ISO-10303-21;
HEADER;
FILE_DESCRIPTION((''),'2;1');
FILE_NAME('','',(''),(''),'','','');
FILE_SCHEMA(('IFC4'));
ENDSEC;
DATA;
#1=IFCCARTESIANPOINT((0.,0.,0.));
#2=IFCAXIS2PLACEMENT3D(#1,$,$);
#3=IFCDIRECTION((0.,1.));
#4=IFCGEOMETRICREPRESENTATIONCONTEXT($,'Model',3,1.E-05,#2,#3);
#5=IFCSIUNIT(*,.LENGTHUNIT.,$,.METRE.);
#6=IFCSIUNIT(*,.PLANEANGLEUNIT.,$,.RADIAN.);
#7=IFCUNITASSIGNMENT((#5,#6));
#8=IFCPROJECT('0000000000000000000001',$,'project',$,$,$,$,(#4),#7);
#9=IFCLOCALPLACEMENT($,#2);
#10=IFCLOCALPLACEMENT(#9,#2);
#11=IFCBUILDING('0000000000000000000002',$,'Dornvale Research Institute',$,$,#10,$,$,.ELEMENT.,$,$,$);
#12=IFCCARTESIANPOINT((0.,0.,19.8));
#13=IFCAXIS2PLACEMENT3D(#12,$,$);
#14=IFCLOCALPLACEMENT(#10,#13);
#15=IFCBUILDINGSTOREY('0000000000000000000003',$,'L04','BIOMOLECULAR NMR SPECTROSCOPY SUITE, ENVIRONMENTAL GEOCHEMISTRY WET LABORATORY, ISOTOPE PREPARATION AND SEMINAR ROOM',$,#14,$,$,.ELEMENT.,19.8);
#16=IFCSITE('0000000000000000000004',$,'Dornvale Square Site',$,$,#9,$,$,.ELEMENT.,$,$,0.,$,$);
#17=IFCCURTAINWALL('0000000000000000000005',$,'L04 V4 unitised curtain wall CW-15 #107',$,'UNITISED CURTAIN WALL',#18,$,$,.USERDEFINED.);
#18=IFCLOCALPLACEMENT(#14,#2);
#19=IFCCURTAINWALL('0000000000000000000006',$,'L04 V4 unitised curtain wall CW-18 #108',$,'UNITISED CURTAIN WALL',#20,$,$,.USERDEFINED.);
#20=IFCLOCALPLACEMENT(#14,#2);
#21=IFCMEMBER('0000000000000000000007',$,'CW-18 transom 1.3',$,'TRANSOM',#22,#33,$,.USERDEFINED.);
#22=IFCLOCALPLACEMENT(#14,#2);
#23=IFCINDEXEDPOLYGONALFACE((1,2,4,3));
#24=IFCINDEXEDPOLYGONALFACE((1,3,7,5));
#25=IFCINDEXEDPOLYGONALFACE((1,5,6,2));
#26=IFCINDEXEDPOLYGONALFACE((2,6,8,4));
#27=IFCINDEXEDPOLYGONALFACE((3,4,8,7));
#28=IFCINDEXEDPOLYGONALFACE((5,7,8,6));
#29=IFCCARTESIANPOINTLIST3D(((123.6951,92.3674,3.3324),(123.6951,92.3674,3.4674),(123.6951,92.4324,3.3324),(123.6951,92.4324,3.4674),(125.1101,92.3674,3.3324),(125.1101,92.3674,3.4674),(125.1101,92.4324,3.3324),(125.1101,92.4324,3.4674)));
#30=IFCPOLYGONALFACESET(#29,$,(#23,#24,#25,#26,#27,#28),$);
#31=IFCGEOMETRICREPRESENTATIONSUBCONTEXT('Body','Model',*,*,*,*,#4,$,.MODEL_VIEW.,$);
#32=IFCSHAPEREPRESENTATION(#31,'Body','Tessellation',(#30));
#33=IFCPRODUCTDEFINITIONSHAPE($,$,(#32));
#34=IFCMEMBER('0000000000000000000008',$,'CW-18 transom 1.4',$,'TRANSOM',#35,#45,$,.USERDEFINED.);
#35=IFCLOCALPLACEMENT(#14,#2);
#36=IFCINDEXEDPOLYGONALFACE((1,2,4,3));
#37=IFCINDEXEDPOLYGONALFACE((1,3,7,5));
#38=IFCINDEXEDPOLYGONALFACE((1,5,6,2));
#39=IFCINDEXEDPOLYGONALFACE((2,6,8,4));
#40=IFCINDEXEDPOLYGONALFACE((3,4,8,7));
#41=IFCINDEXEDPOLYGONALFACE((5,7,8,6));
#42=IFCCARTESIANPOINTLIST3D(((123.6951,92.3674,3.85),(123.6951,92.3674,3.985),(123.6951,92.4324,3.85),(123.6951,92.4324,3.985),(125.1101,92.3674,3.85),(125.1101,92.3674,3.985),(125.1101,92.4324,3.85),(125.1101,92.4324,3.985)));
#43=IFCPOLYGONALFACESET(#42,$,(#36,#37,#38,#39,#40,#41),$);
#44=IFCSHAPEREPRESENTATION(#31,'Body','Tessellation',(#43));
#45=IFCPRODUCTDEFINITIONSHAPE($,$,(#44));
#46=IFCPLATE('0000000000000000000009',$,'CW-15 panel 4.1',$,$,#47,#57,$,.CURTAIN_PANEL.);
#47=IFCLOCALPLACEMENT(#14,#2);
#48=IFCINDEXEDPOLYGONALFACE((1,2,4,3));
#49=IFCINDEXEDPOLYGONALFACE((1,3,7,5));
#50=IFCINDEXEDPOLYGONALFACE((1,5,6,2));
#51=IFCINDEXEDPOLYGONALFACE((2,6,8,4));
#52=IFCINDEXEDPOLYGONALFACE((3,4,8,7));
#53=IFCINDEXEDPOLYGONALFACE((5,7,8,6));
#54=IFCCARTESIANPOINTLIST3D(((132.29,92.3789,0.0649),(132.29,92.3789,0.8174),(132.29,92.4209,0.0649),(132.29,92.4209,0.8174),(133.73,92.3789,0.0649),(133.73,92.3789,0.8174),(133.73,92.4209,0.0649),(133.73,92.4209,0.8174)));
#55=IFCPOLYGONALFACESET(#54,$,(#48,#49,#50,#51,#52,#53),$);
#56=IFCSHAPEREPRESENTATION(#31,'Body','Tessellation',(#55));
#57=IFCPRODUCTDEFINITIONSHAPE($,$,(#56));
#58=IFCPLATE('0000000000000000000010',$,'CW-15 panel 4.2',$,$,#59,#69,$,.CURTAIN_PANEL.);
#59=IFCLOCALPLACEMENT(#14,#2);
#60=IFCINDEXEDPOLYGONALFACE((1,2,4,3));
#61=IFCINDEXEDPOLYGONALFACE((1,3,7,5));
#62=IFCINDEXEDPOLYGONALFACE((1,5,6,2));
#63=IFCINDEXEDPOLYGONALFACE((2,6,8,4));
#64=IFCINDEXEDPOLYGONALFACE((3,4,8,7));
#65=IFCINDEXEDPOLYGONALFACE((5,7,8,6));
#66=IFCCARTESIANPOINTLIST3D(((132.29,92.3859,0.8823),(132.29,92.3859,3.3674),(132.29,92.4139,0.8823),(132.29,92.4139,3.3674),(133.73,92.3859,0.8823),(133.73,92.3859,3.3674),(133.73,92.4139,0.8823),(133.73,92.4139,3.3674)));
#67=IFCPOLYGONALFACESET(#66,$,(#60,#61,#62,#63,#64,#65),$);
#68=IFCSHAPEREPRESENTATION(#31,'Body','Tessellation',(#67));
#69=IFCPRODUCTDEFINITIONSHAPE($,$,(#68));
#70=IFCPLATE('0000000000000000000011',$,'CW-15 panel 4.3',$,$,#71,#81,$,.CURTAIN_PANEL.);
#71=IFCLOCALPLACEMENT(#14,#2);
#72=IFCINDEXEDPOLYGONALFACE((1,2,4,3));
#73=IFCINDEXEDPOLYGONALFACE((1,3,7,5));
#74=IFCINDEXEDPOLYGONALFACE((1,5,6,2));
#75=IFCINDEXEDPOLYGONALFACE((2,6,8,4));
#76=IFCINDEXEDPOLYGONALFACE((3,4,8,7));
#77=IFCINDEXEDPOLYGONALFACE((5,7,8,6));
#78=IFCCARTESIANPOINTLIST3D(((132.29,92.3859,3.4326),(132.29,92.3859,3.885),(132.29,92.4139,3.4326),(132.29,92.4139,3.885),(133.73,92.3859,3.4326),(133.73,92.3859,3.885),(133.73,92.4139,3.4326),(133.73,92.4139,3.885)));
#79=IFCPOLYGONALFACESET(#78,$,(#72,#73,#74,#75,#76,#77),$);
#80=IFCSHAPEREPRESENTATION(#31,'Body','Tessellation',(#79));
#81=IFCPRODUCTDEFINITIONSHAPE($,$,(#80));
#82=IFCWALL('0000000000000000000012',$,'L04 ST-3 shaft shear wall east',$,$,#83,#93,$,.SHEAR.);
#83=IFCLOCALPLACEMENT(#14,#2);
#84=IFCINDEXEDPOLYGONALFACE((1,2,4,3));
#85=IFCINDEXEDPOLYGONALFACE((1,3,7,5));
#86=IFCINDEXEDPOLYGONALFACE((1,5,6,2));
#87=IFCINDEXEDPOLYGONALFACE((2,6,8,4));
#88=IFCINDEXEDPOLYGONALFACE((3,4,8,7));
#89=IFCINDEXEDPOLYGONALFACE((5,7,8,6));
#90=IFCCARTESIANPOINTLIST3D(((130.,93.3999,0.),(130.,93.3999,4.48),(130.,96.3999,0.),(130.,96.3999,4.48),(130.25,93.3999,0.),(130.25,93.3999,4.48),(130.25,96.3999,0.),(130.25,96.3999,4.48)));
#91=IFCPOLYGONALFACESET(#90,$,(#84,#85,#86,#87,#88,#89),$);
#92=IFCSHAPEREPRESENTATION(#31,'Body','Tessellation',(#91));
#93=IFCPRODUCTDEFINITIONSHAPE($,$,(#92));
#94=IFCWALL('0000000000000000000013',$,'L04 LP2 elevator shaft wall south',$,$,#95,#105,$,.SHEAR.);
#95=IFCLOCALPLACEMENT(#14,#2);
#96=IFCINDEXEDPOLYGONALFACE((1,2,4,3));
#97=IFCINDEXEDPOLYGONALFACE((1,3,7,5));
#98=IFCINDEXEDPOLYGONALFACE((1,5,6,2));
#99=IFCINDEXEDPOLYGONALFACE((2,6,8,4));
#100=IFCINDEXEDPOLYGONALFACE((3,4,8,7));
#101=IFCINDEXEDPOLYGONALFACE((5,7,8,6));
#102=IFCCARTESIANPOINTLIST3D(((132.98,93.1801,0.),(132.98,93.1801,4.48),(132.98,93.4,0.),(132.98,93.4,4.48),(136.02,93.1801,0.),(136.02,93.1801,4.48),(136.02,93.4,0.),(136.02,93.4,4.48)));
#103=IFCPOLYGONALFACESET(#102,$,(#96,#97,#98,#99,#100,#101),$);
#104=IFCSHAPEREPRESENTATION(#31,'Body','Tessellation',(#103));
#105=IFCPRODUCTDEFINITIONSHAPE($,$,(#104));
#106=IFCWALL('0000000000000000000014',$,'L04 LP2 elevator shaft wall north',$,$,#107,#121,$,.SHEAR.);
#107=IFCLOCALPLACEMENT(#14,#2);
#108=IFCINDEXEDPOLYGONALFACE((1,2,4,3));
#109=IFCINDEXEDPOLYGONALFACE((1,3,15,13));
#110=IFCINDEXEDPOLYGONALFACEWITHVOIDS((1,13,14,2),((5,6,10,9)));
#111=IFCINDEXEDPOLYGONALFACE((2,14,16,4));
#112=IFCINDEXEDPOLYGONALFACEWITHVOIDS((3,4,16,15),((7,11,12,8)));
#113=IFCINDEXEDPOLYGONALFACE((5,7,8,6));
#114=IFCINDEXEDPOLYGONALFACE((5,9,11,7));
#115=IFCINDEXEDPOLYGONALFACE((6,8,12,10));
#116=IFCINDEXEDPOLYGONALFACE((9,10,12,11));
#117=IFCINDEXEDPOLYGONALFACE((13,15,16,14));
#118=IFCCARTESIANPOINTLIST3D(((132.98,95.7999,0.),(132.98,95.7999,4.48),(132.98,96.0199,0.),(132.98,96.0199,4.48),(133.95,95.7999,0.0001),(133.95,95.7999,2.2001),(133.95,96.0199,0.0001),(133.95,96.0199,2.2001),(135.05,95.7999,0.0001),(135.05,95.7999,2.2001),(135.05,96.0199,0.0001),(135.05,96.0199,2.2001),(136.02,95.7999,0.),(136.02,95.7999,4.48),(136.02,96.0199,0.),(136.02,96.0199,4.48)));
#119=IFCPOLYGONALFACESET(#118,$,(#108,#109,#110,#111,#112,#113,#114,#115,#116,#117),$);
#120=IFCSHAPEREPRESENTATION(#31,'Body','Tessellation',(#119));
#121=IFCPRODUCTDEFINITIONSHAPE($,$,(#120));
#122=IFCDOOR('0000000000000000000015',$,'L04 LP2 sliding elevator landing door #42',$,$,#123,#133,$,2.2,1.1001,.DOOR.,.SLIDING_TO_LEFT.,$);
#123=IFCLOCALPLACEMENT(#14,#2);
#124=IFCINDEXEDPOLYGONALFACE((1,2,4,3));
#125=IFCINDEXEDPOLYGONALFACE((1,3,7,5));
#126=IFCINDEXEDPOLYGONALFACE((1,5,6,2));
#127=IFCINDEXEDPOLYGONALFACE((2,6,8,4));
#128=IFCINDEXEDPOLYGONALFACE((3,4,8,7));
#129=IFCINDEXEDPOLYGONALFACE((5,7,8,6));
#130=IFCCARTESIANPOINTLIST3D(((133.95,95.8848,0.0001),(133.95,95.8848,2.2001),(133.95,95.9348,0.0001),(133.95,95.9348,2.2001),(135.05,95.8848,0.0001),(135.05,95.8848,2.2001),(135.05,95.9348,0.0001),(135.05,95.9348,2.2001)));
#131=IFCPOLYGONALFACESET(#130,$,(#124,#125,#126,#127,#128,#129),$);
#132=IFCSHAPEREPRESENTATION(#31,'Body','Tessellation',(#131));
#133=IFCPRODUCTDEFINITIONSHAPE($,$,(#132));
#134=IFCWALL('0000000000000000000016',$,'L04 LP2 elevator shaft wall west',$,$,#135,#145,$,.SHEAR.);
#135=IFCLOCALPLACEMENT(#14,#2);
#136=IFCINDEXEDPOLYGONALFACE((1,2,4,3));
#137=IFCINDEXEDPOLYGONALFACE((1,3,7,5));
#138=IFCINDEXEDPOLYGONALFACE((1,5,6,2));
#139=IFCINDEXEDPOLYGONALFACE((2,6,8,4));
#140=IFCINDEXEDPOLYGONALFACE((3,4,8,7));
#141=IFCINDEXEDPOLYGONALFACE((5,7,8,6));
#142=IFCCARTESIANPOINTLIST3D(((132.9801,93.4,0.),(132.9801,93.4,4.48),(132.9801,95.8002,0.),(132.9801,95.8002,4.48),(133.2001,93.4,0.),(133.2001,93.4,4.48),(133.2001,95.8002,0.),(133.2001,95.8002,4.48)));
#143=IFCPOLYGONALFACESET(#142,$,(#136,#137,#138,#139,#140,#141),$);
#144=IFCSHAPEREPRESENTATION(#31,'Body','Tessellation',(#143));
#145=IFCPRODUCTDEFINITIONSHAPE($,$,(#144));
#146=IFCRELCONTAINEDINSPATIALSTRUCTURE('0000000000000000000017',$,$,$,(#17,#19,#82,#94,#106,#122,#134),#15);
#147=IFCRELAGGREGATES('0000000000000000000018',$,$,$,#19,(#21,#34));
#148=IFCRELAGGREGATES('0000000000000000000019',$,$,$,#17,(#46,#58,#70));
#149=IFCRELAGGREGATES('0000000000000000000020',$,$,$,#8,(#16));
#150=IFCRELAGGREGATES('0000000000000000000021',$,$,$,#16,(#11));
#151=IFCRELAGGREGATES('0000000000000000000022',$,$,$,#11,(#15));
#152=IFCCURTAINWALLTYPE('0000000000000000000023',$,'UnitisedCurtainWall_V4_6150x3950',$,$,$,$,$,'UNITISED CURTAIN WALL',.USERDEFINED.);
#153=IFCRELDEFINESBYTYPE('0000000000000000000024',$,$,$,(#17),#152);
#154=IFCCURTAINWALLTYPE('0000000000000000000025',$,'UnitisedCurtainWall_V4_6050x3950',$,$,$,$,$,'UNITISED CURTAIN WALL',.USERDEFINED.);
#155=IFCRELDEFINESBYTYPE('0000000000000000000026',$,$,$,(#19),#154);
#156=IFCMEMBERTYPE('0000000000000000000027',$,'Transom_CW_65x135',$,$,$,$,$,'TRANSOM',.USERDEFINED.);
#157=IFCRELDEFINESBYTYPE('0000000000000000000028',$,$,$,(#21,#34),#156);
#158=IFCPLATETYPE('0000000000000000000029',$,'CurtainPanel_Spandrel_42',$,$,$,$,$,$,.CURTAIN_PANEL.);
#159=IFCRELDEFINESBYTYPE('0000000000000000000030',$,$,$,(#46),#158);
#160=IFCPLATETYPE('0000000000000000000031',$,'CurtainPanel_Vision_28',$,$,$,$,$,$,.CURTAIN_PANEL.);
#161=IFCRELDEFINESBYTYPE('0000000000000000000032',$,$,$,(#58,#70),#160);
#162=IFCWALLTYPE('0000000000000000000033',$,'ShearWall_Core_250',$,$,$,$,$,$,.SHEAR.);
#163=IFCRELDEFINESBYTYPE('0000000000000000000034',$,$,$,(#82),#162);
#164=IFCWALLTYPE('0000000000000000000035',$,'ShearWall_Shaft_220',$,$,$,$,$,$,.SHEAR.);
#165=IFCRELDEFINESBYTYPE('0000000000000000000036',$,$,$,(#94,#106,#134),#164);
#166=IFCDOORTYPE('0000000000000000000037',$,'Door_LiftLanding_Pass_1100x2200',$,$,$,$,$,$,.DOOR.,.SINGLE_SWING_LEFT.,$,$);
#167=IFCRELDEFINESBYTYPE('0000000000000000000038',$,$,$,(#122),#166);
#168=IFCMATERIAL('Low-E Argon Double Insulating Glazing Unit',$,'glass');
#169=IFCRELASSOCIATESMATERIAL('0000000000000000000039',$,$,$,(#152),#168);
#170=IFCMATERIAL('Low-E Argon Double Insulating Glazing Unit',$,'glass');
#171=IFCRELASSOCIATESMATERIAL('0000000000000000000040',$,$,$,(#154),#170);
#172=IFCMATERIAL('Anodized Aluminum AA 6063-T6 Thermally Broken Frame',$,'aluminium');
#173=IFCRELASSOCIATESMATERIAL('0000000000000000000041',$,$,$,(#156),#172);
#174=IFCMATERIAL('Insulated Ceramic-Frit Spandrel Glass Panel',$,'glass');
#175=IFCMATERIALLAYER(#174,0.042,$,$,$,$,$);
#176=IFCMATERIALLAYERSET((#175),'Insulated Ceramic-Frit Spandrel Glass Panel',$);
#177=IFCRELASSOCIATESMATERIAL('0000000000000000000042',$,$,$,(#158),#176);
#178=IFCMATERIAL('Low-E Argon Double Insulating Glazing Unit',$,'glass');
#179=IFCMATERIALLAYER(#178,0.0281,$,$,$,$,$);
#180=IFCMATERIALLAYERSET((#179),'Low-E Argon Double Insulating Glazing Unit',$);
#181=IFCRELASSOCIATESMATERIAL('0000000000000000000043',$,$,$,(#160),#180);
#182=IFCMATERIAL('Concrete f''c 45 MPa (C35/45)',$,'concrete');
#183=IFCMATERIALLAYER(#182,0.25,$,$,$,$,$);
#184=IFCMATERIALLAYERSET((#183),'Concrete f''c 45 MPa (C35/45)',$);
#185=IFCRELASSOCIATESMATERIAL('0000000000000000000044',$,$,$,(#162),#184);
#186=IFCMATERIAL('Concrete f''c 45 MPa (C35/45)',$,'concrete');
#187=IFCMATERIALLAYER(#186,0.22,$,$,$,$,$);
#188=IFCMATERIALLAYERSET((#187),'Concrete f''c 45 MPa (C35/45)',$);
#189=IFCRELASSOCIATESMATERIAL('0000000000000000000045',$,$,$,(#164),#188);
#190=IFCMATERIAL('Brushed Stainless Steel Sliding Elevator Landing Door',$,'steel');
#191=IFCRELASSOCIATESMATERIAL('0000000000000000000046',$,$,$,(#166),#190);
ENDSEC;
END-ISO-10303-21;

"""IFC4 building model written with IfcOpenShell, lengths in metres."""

from ifc_helpers import new_model, si_unit, direction, frame, frame_2d, origin, origin_2d, place, context, subcontext, project, spatial, rectangle, extrude, material, layer, layer_set, material_profile, profile_set, type_object, element, fill, aggregate, save


model = new_model("IFC4")

# Units and contexts
model_context = context("Model", 3, precision=1e-05, world=origin(), true_north=direction((0.0, 1.0)))
body_context = subcontext(model_context, "Body", "Model", "MODEL_VIEW")
ifc_project = project(units=[si_unit("LENGTHUNIT", "METRE"), si_unit("PLANEANGLEUNIT", "RADIAN")], contexts=[model_context])

# Site, building, storey
site_placement = place(None, origin())
site = spatial("IfcSite", under=ifc_project, at=site_placement, Name="Dornvale Square Site", CompositionType="ELEMENT", RefElevation=0.0)
building_placement = place(site_placement, origin())
building = spatial("IfcBuilding", under=site, at=building_placement, Name="Dornvale Research Institute", CompositionType="ELEMENT")
storey_placement = place(building_placement, frame((0.0, 0.0, 19.8)))
storey = spatial("IfcBuildingStorey", under=building, at=storey_placement, Name="L04", Description="BIOMOLECULAR NMR SPECTROSCOPY SUITE, ENVIRONMENTAL GEOCHEMISTRY WET LABORATORY, ISOTOPE PREPARATION AND SEMINAR ROOM", CompositionType="ELEMENT", Elevation=19.8)

# Curtain walls
ifc_material_1 = material(Name="Low-E Argon Double Insulating Glazing Unit", Category="glass")
curtain_wall_type_1 = type_object("IfcCurtainWallType", Name="UnitisedCurtainWall_V4_6150x3950", ElementType="UNITISED CURTAIN WALL", PredefinedType="USERDEFINED", material=ifc_material_1)
curtain_wall_1_placement = place(storey_placement, origin())
curtain_wall_1 = element("IfcCurtainWall", 1, at=curtain_wall_1_placement, inside=storey, type_object=curtain_wall_type_1, Name="L04 V4 unitised curtain wall CW-15 #107", ObjectType="UNITISED CURTAIN WALL", PredefinedType="USERDEFINED")
ifc_material_2 = material(Name="Low-E Argon Double Insulating Glazing Unit", Category="glass")
curtain_wall_type_2 = type_object("IfcCurtainWallType", Name="UnitisedCurtainWall_V4_6050x3950", ElementType="UNITISED CURTAIN WALL", PredefinedType="USERDEFINED", material=ifc_material_2)
curtain_wall_2_placement = place(storey_placement, origin())
curtain_wall_2 = element("IfcCurtainWall", 2, at=curtain_wall_2_placement, inside=storey, type_object=curtain_wall_type_2, Name="L04 V4 unitised curtain wall CW-18 #108", ObjectType="UNITISED CURTAIN WALL", PredefinedType="USERDEFINED")

# Members
ifc_material_3 = material(Name="Anodized Aluminum AA 6063-T6 Thermally Broken Frame", Category="aluminium")
ifc_material_profile_1 = material_profile(ifc_material_3, rectangle(XDim=0.0649, YDim=0.135, at=origin_2d()), Name="ALU TRANSOM 65x135")
ifc_profile_set_1 = profile_set([ifc_material_profile_1], Name="Anodized Aluminum AA 6063-T6 Thermally Broken Frame")
member_type_1 = type_object("IfcMemberType", Name="Transom_CW_65x135", ElementType="TRANSOM", PredefinedType="USERDEFINED", material=ifc_profile_set_1)
member_1_placement = place(storey_placement, frame((125.1101, 92.3999, 3.3999), z_axis=(-1.0, 0.0, 0.0), x_axis=(0.0, -1.0, 0.0)))
member_1 = element("IfcMember", 3, at=member_1_placement, type_object=member_type_1, Name="CW-18 transom 1.3", ObjectType="TRANSOM", PredefinedType="USERDEFINED", context=body_context, shape_type="SweptSolid", body=[
    extrude(rectangle(XDim=0.0649, YDim=0.135, at=origin_2d()), origin(), (0.0, 0.0, 1.0), 1.415),
])
member_2_placement = place(storey_placement, frame((125.1101, 92.3999, 3.9175), z_axis=(-1.0, 0.0, 0.0), x_axis=(0.0, -1.0, 0.0)))
member_2 = element("IfcMember", 4, at=member_2_placement, type_object=member_type_1, Name="CW-18 transom 1.4", ObjectType="TRANSOM", PredefinedType="USERDEFINED", context=body_context, shape_type="SweptSolid", body=[
    extrude(rectangle(XDim=0.0649, YDim=0.135, at=origin_2d()), origin(), (0.0, 0.0, 1.0), 1.415),
])
aggregate(curtain_wall_2, [member_1, member_2])

# Plates
ifc_material_4 = material(Name="Insulated Ceramic-Frit Spandrel Glass Panel", Category="glass")
ifc_layer_1 = layer(ifc_material_4, 0.042)
ifc_layer_set_1 = layer_set([ifc_layer_1], Name="Insulated Ceramic-Frit Spandrel Glass Panel")
plate_type_1 = type_object("IfcPlateType", Name="CurtainPanel_Spandrel_42", PredefinedType="CURTAIN_PANEL", material=ifc_layer_set_1)
plate_1_placement = place(storey_placement, frame((133.01, 92.3999, 0.0649), z_axis=(0.0, 0.0, 1.0), x_axis=(-1.0, 0.0, 0.0)))
plate_1 = element("IfcPlate", 5, at=plate_1_placement, type_object=plate_type_1, Name="CW-15 panel 4.1", PredefinedType="CURTAIN_PANEL", context=body_context, shape_type="SweptSolid", body=[
    extrude(rectangle(XDim=1.4399, YDim=0.042, at=origin_2d()), origin(), (0.0, 0.0, 1.0), 0.7524),
])
ifc_material_5 = material(Name="Low-E Argon Double Insulating Glazing Unit", Category="glass")
ifc_layer_2 = layer(ifc_material_5, 0.0281)
ifc_layer_set_2 = layer_set([ifc_layer_2], Name="Low-E Argon Double Insulating Glazing Unit")
plate_type_2 = type_object("IfcPlateType", Name="CurtainPanel_Vision_28", PredefinedType="CURTAIN_PANEL", material=ifc_layer_set_2)
plate_2_placement = place(storey_placement, frame((133.01, 92.3999, 0.8823), z_axis=(0.0, 0.0, 1.0), x_axis=(-1.0, 0.0, 0.0)))
plate_2 = element("IfcPlate", 6, at=plate_2_placement, type_object=plate_type_2, Name="CW-15 panel 4.2", PredefinedType="CURTAIN_PANEL", context=body_context, shape_type="SweptSolid", body=[
    extrude(rectangle(XDim=1.4399, YDim=0.0281, at=origin_2d()), origin(), (0.0, 0.0, 1.0), 2.4851),
])
plate_3_placement = place(storey_placement, frame((133.01, 92.3999, 3.4326), z_axis=(0.0, 0.0, 1.0), x_axis=(-1.0, 0.0, 0.0)))
plate_3 = element("IfcPlate", 7, at=plate_3_placement, type_object=plate_type_2, Name="CW-15 panel 4.3", PredefinedType="CURTAIN_PANEL", context=body_context, shape_type="SweptSolid", body=[
    extrude(rectangle(XDim=1.4399, YDim=0.0281, at=origin_2d()), origin(), (0.0, 0.0, 1.0), 0.4524),
])
aggregate(curtain_wall_1, [plate_1, plate_2, plate_3])

# Walls
ifc_material_6 = material(Name="Concrete f'c 45 MPa (C35/45)", Category="concrete")
ifc_layer_3 = layer(ifc_material_6, 0.25)
ifc_layer_set_3 = layer_set([ifc_layer_3], Name="Concrete f'c 45 MPa (C35/45)")
wall_type_1 = type_object("IfcWallType", Name="ShearWall_Core_250", PredefinedType="SHEAR", material=ifc_layer_set_3)
wall_1_placement = place(storey_placement, frame((130.125, 93.3999, 0.0), z_axis=(0.0, 0.0, 1.0), x_axis=(0.0, 1.0, 0.0)))
element("IfcWall", 8, at=wall_1_placement, inside=storey, type_object=wall_type_1, Name="L04 ST-3 shaft shear wall east", PredefinedType="SHEAR", context=body_context, shape_type="SweptSolid", body=[
    extrude(rectangle(XDim=3.0, YDim=0.25, at=frame_2d((1.5, 0.0))), origin(), (0.0, 0.0, 1.0), 4.48),
])
ifc_material_7 = material(Name="Concrete f'c 45 MPa (C35/45)", Category="concrete")
ifc_layer_4 = layer(ifc_material_7, 0.22)
ifc_layer_set_4 = layer_set([ifc_layer_4], Name="Concrete f'c 45 MPa (C35/45)")
wall_type_2 = type_object("IfcWallType", Name="ShearWall_Shaft_220", PredefinedType="SHEAR", material=ifc_layer_set_4)
wall_2_placement = place(storey_placement, frame((132.98, 93.29, 0.0), z_axis=(0.0, 0.0, 1.0), x_axis=(1.0, 0.0, 0.0)))
element("IfcWall", 9, at=wall_2_placement, inside=storey, type_object=wall_type_2, Name="L04 LP2 elevator shaft wall south", PredefinedType="SHEAR", context=body_context, shape_type="SweptSolid", body=[
    extrude(rectangle(XDim=3.04, YDim=0.22, at=frame_2d((1.52, 0.0))), origin(), (0.0, 0.0, 1.0), 4.48),
])

# Wall, opening, door
wall_3_placement = place(storey_placement, frame((132.98, 95.9099, 0.0), z_axis=(0.0, 0.0, 1.0), x_axis=(1.0, 0.0, 0.0)))
wall_3 = element("IfcWall", 10, at=wall_3_placement, inside=storey, type_object=wall_type_2, Name="L04 LP2 elevator shaft wall north", PredefinedType="SHEAR", context=body_context, shape_type="SweptSolid", body=[
    extrude(rectangle(XDim=3.04, YDim=0.22, at=frame_2d((1.52, 0.0))), origin(), (0.0, 0.0, 1.0), 4.48),
])
opening_1_placement = place(wall_3_placement, frame((0.97, 0.0, 0.0)))
opening_1 = element("IfcOpeningElement", 11, at=opening_1_placement, cuts=wall_3, PredefinedType="OPENING", context=body_context, shape_type="SweptSolid", body=[
    extrude(rectangle(XDim=1.1001, YDim=2.2, at=frame_2d((0.55, 1.1001))), frame((0.0, 0.125, 0.0), z_axis=(0.0, -1.0, 0.0), x_axis=(1.0, 0.0, 0.0)), (0.0, 0.0, 1.0), 0.25),
])
ifc_material_8 = material(Name="Brushed Stainless Steel Sliding Elevator Landing Door", Category="steel")
door_type = type_object("IfcDoorType", Name="Door_LiftLanding_Pass_1100x2200", OperationType="SINGLE_SWING_LEFT", PredefinedType="DOOR", material=ifc_material_8)
door_placement = place(opening_1_placement, origin())
door = element("IfcDoor", 12, at=door_placement, inside=storey, type_object=door_type, Name="L04 LP2 sliding elevator landing door #42", OperationType="SLIDING_TO_LEFT", OverallHeight=2.2, OverallWidth=1.1001, PredefinedType="DOOR", context=body_context, shape_type="SweptSolid", body=[
    extrude(rectangle(XDim=1.1001, YDim=2.2, at=frame_2d((0.55, 1.1001))), frame((0.0, 0.0249, 0.0), z_axis=(0.0, -1.0, 0.0), x_axis=(1.0, 0.0, 0.0)), (0.0, 0.0, 1.0), 0.05),
])
fill(opening_1, door)

# Wall
wall_4_placement = place(storey_placement, frame((133.0901, 93.3999, 0.0), z_axis=(0.0, 0.0, 1.0), x_axis=(0.0, 1.0, 0.0)))
element("IfcWall", 13, at=wall_4_placement, inside=storey, type_object=wall_type_2, Name="L04 LP2 elevator shaft wall west", PredefinedType="SHEAR", context=body_context, shape_type="SweptSolid", body=[
    extrude(rectangle(XDim=2.4001, YDim=0.22, at=frame_2d((1.2002, 0.0))), origin(), (0.0, 0.0, 1.0), 4.48),
])

save(model, "model.ifc")
